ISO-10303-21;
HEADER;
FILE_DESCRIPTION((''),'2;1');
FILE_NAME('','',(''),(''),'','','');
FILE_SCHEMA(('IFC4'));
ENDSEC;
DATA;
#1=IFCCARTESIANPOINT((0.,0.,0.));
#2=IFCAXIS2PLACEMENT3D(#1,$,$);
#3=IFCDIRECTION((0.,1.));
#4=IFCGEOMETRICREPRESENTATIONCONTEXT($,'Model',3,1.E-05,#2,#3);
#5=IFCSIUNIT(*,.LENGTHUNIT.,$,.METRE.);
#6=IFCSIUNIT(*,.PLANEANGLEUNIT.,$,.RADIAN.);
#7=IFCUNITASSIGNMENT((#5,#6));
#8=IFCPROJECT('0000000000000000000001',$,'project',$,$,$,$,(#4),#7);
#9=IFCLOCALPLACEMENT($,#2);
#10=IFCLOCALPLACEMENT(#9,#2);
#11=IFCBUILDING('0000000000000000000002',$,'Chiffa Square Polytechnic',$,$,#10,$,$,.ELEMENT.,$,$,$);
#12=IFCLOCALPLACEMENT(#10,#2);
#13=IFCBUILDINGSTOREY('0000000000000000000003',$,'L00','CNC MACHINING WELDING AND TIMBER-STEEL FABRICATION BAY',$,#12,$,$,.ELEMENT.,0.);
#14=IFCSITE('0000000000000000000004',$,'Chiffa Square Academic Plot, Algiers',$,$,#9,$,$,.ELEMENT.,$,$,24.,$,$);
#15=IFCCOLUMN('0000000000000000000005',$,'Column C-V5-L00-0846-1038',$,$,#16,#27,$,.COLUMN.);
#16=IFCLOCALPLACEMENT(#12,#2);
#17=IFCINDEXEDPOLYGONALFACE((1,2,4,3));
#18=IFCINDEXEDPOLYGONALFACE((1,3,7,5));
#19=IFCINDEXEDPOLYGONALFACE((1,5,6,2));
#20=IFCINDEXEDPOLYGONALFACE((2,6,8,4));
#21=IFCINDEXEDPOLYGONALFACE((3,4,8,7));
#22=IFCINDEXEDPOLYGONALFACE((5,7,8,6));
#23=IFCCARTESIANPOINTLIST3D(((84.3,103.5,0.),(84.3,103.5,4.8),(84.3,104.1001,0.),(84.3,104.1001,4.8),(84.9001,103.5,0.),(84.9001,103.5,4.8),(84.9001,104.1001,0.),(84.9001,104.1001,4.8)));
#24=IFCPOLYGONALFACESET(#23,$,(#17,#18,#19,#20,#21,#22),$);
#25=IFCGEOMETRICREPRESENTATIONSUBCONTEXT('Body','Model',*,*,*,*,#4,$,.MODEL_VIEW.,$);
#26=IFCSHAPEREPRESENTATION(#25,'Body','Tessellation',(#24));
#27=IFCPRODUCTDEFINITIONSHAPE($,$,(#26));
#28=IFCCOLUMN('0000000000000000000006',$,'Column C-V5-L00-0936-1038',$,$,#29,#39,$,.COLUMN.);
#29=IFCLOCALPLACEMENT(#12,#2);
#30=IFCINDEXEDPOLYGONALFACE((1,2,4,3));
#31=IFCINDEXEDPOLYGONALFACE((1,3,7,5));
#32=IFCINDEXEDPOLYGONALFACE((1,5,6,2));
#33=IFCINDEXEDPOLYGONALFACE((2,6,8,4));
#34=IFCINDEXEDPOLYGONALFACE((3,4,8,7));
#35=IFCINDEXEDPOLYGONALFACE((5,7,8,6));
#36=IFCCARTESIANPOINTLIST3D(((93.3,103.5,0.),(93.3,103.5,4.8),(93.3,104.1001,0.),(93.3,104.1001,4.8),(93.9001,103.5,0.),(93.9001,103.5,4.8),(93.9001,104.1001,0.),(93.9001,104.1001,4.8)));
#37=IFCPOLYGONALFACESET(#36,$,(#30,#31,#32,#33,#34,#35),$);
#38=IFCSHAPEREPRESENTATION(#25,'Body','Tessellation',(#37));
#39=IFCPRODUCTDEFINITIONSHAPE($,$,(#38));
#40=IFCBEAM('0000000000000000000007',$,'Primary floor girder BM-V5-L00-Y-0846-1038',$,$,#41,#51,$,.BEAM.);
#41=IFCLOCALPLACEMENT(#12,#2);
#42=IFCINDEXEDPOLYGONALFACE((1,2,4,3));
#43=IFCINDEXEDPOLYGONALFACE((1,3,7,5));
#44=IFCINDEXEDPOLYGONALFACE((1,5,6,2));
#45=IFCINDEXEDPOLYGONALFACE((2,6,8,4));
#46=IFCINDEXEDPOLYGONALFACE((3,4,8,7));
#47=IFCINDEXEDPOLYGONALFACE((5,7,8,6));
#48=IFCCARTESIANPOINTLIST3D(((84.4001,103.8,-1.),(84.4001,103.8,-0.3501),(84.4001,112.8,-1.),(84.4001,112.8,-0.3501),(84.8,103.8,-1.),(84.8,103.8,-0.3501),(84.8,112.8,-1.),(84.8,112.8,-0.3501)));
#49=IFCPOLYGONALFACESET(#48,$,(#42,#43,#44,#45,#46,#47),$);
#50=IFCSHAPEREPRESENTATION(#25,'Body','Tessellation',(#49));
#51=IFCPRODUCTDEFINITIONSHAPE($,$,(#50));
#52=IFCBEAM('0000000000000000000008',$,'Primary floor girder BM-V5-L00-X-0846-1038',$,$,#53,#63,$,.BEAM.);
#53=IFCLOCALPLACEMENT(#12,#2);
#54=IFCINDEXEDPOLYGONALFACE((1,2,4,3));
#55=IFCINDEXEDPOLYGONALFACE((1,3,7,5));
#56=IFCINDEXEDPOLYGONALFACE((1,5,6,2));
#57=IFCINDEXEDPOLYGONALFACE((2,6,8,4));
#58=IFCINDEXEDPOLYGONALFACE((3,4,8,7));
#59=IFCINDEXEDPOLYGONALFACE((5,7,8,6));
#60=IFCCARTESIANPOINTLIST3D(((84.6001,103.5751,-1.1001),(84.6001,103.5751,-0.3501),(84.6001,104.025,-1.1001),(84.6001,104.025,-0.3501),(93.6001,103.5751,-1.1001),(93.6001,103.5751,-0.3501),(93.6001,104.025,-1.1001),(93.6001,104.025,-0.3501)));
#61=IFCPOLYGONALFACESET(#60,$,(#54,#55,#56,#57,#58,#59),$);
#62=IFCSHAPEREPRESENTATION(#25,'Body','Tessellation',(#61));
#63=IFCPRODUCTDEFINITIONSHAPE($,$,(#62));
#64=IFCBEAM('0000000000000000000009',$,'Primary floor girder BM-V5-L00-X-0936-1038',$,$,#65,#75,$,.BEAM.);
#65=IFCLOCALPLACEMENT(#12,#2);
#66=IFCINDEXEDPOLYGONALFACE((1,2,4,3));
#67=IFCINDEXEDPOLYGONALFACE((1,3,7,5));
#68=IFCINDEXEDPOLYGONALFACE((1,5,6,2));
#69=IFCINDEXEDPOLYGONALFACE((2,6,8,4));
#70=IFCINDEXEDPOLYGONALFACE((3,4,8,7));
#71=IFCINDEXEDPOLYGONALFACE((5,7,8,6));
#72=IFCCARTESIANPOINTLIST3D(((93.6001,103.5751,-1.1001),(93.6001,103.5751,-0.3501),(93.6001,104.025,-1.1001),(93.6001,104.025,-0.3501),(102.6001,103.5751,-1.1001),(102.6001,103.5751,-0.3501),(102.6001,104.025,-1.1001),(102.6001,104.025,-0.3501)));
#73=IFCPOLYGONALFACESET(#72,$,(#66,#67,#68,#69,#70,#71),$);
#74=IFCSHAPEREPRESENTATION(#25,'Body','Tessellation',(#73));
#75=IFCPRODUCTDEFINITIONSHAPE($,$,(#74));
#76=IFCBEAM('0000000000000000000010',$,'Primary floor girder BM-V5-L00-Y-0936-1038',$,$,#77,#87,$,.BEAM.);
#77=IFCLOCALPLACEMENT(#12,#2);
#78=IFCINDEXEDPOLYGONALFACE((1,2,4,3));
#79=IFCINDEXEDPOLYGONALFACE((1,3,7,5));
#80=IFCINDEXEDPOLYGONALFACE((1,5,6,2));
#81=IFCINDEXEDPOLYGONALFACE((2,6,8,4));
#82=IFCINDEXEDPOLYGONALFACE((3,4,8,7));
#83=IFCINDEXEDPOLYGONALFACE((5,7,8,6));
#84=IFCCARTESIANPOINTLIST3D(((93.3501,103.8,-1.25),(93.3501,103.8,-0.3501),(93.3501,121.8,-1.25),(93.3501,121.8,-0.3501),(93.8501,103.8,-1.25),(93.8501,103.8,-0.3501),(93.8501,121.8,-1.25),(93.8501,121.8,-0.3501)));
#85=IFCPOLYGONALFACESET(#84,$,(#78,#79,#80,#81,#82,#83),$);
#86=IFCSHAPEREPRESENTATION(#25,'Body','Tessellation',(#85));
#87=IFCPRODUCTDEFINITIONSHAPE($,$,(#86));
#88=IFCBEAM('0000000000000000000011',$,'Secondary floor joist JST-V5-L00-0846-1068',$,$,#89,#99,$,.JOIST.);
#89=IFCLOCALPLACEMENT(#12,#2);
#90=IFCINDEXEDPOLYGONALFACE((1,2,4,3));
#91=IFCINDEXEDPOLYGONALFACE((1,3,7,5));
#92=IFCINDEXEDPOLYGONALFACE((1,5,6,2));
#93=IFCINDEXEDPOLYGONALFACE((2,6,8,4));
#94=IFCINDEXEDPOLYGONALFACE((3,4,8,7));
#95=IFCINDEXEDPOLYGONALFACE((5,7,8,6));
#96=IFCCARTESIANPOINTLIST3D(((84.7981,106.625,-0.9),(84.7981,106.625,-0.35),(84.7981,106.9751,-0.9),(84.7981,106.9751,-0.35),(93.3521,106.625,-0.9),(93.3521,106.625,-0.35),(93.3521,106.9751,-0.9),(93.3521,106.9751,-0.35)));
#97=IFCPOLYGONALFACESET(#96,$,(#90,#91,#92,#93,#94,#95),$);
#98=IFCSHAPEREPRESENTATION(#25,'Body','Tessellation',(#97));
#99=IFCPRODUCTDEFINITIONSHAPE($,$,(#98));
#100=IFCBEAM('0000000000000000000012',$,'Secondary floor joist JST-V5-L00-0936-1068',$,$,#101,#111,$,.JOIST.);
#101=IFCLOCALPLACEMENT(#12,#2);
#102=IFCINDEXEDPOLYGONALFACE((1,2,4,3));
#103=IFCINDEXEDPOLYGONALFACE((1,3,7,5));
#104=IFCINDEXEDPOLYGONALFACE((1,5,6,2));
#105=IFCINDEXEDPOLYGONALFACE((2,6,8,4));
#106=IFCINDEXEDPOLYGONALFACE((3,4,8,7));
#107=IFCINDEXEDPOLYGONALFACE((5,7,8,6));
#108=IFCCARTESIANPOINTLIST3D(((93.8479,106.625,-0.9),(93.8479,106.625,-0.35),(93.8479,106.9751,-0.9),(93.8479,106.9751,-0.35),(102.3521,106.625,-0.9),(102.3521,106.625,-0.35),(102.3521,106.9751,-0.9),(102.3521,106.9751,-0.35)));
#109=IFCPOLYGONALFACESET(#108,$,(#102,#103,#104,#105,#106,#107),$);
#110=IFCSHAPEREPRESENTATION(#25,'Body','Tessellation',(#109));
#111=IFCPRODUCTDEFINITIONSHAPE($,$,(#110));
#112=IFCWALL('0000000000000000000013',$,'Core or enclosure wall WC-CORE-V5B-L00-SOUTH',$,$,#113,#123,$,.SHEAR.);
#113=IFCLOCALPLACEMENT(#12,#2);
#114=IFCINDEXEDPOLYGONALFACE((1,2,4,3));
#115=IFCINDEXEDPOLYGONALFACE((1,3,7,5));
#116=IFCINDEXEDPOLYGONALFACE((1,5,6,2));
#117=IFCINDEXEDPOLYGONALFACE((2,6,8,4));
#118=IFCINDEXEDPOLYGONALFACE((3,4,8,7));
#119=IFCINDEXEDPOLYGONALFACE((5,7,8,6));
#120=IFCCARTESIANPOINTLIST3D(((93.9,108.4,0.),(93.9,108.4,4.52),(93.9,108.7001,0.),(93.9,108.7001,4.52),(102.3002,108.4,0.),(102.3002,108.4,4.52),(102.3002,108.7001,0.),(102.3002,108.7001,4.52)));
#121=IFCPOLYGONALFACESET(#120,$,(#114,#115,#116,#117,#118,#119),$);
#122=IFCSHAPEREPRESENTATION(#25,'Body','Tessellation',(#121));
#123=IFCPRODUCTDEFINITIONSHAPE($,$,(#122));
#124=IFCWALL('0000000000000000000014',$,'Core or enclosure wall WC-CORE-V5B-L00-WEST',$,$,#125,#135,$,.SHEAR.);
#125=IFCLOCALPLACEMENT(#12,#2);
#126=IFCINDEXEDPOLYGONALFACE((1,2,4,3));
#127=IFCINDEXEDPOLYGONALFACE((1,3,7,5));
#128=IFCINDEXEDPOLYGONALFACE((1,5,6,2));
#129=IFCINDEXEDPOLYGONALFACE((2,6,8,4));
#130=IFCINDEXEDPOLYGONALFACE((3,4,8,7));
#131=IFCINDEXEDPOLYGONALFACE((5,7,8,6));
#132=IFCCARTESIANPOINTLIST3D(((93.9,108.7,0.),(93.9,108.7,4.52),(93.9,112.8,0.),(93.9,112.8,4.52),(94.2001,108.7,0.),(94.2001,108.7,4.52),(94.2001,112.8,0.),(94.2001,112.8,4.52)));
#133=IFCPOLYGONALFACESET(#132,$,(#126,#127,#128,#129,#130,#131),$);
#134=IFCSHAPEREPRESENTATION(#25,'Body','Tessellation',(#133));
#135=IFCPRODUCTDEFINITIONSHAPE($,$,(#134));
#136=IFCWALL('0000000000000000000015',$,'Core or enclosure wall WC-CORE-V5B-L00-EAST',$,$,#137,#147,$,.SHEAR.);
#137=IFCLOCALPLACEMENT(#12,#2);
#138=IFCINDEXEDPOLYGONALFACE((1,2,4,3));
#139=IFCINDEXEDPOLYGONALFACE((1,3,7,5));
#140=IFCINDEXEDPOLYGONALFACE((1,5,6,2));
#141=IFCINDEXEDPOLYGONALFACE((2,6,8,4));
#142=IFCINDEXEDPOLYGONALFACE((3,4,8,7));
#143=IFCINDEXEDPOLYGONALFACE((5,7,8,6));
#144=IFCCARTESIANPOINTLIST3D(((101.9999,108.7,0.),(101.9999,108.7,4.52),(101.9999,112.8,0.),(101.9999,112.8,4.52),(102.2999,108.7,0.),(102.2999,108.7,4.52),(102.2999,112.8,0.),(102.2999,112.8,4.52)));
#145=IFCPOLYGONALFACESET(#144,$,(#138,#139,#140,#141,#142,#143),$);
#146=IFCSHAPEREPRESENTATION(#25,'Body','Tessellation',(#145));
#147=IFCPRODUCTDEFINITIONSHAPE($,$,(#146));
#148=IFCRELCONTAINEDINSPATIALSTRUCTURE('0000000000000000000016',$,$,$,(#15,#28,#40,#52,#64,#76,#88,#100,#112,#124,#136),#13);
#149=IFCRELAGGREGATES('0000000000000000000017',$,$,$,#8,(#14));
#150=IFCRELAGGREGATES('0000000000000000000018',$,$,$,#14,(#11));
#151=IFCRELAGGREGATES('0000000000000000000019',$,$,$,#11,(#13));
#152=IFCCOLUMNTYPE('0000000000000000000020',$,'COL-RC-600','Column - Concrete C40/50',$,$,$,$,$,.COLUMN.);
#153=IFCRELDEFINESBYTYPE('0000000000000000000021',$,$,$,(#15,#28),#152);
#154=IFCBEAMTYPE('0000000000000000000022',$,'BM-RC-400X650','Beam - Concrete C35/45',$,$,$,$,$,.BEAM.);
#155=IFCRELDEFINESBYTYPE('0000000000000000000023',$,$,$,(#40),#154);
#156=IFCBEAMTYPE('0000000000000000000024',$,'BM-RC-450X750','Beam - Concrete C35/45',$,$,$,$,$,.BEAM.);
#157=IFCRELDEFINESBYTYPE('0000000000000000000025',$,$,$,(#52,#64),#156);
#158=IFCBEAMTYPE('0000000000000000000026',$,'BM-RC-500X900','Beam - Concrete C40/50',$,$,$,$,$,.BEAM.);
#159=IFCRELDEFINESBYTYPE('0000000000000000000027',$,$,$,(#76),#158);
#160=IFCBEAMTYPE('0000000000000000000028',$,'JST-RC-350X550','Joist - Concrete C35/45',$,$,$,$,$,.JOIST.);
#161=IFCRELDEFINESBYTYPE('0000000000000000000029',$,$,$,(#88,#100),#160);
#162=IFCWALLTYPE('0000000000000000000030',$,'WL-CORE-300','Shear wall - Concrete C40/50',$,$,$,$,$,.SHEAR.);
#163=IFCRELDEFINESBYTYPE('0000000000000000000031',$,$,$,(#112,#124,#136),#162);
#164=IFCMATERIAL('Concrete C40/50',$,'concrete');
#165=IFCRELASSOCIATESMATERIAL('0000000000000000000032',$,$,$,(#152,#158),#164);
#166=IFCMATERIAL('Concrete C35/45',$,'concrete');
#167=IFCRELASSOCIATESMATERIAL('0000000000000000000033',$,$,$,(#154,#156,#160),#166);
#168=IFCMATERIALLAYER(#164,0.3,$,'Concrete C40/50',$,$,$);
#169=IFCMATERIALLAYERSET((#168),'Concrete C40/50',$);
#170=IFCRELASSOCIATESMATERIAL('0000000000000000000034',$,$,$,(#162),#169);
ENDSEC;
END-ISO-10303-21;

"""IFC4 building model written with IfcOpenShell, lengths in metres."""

from ifc_helpers import new_model, si_unit, direction, frame, frame_2d, origin, origin_2d, place, context, subcontext, project, spatial, rectangle, extrude, material, layer, layer_set, material_profile, profile_set, type_object, element, save


model = new_model("IFC4")

# Units and contexts
model_context = context("Model", 3, precision=1e-05, world=origin(), true_north=direction((0.0, 1.0)))
body_context = subcontext(model_context, "Body", "Model", "MODEL_VIEW")
ifc_project = project(units=[si_unit("LENGTHUNIT", "METRE"), si_unit("PLANEANGLEUNIT", "RADIAN")], contexts=[model_context])

# Site, building, storey
site_placement = place(None, origin())
site = spatial("IfcSite", under=ifc_project, at=site_placement, Name="Chiffa Square Academic Plot, Algiers", CompositionType="ELEMENT", RefElevation=24.0)
building_placement = place(site_placement, origin())
building = spatial("IfcBuilding", under=site, at=building_placement, Name="Chiffa Square Polytechnic", CompositionType="ELEMENT")
storey_placement = place(building_placement, origin())
storey = spatial("IfcBuildingStorey", under=building, at=storey_placement, Name="L00", Description="CNC MACHINING WELDING AND TIMBER-STEEL FABRICATION BAY", CompositionType="ELEMENT", Elevation=0.0)

# Columns
ifc_material_1 = material(Name="Concrete C40/50", Category="concrete")
ifc_material_profile_1 = material_profile(ifc_material_1, rectangle(XDim=0.6001, YDim=0.6001, at=origin_2d()), Name="RC 600x600")
ifc_profile_set_1 = profile_set([ifc_material_profile_1], Name="Concrete C40/50")
column_type = type_object("IfcColumnType", Name="COL-RC-600", Description="Column - Concrete C40/50", PredefinedType="COLUMN", material=ifc_profile_set_1)
for number, where, z_axis, x_axis, name in (
    (1, (84.6001, 103.8, 0.0), (0.0, 0.0, 1.0), (1.0, 0.0, 0.0), "Column C-V5-L00-0846-1038"),
    (2, (93.6001, 103.8, 0.0), (0.0, 0.0, 1.0), (1.0, 0.0, 0.0), "Column C-V5-L00-0936-1038"),
):
    element("IfcColumn", number, at=place(storey_placement, frame(where, z_axis=z_axis, x_axis=x_axis)), inside=storey, type_object=column_type, Name=name, PredefinedType="COLUMN", context=body_context, shape_type="SweptSolid", body=[
        extrude(rectangle(XDim=0.6001, YDim=0.6001, at=origin_2d()), origin(), (0.0, 0.0, 1.0), 4.8),
    ])

# Beams
ifc_material_2 = material(Name="Concrete C35/45", Category="concrete")
ifc_material_profile_2 = material_profile(ifc_material_2, rectangle(XDim=0.3999, YDim=0.6499, at=origin_2d()), Name="RC 400x650")
ifc_profile_set_2 = profile_set([ifc_material_profile_2], Name="Concrete C35/45")
beam_type_1 = type_object("IfcBeamType", Name="BM-RC-400X650", Description="Beam - Concrete C35/45", PredefinedType="BEAM", material=ifc_profile_set_2)
beam_1_placement = place(storey_placement, frame((84.6001, 103.8, -0.675), z_axis=(0.0, 1.0, 0.0), x_axis=(-1.0, 0.0, 0.0)))
element("IfcBeam", 3, at=beam_1_placement, inside=storey, type_object=beam_type_1, Name="Primary floor girder BM-V5-L00-Y-0846-1038", PredefinedType="BEAM", context=body_context, shape_type="SweptSolid", body=[
    extrude(rectangle(XDim=0.3999, YDim=0.6499, at=origin_2d()), origin(), (0.0, 0.0, 1.0), 9.0),
])
ifc_material_profile_3 = material_profile(ifc_material_2, rectangle(XDim=0.45, YDim=0.75, at=origin_2d()), Name="RC 450x750")
ifc_profile_set_3 = profile_set([ifc_material_profile_3], Name="Concrete C35/45")
beam_type_2 = type_object("IfcBeamType", Name="BM-RC-450X750", Description="Beam - Concrete C35/45", PredefinedType="BEAM", material=ifc_profile_set_3)
for number, where, z_axis, x_axis, name in (
    (4, (84.6001, 103.8, -0.7251), (1.0, 0.0, 0.0), (0.0, 1.0, 0.0), "Primary floor girder BM-V5-L00-X-0846-1038"),
    (5, (93.6001, 103.8, -0.7251), (1.0, 0.0, 0.0), (0.0, 1.0, 0.0), "Primary floor girder BM-V5-L00-X-0936-1038"),
):
    element("IfcBeam", number, at=place(storey_placement, frame(where, z_axis=z_axis, x_axis=x_axis)), inside=storey, type_object=beam_type_2, Name=name, PredefinedType="BEAM", context=body_context, shape_type="SweptSolid", body=[
        extrude(rectangle(XDim=0.45, YDim=0.75, at=origin_2d()), origin(), (0.0, 0.0, 1.0), 9.0),
    ])
ifc_material_profile_4 = material_profile(ifc_material_1, rectangle(XDim=0.5, YDim=0.8999, at=origin_2d()), Name="RC 500x900")
ifc_profile_set_4 = profile_set([ifc_material_profile_4], Name="Concrete C40/50")
beam_type_3 = type_object("IfcBeamType", Name="BM-RC-500X900", Description="Beam - Concrete C40/50", PredefinedType="BEAM", material=ifc_profile_set_4)
beam_2_placement = place(storey_placement, frame((93.6001, 103.8, -0.8), z_axis=(0.0, 1.0, 0.0), x_axis=(-1.0, 0.0, 0.0)))
element("IfcBeam", 6, at=beam_2_placement, inside=storey, type_object=beam_type_3, Name="Primary floor girder BM-V5-L00-Y-0936-1038", PredefinedType="BEAM", context=body_context, shape_type="SweptSolid", body=[
    extrude(rectangle(XDim=0.5, YDim=0.8999, at=origin_2d()), origin(), (0.0, 0.0, 1.0), 18.0),
])
ifc_material_profile_5 = material_profile(ifc_material_2, rectangle(XDim=0.3501, YDim=0.55, at=origin_2d()), Name="RC 350x550")
ifc_profile_set_5 = profile_set([ifc_material_profile_5], Name="Concrete C35/45")
beam_type_4 = type_object("IfcBeamType", Name="JST-RC-350X550", Description="Joist - Concrete C35/45", PredefinedType="JOIST", material=ifc_profile_set_5)
beam_3_placement = place(storey_placement, frame((84.7981, 106.8, -0.625), z_axis=(1.0, 0.0, 0.0), x_axis=(0.0, 1.0, 0.0)))
element("IfcBeam", 7, at=beam_3_placement, inside=storey, type_object=beam_type_4, Name="Secondary floor joist JST-V5-L00-0846-1068", PredefinedType="JOIST", context=body_context, shape_type="SweptSolid", body=[
    extrude(rectangle(XDim=0.3501, YDim=0.55, at=origin_2d()), origin(), (0.0, 0.0, 1.0), 8.554),
])
beam_4_placement = place(storey_placement, frame((93.8479, 106.8, -0.625), z_axis=(1.0, 0.0, 0.0), x_axis=(0.0, 1.0, 0.0)))
element("IfcBeam", 8, at=beam_4_placement, inside=storey, type_object=beam_type_4, Name="Secondary floor joist JST-V5-L00-0936-1068", PredefinedType="JOIST", context=body_context, shape_type="SweptSolid", body=[
    extrude(rectangle(XDim=0.3501, YDim=0.55, at=origin_2d()), origin(), (0.0, 0.0, 1.0), 8.5042),
])

# Walls
ifc_layer_1 = layer(ifc_material_1, 0.3, Name="Concrete C40/50")
ifc_layer_set_1 = layer_set([ifc_layer_1], Name="Concrete C40/50")
wall_type_1 = type_object("IfcWallType", Name="WL-CORE-300", Description="Shear wall - Concrete C40/50", PredefinedType="SHEAR", material=ifc_layer_set_1)
wall_1_placement = place(storey_placement, frame((93.8999, 108.55, 0.0), z_axis=(0.0, 0.0, 1.0), x_axis=(1.0, 0.0, 0.0)))
element("IfcWall", 9, at=wall_1_placement, inside=storey, type_object=wall_type_1, Name="Core or enclosure wall WC-CORE-V5B-L00-SOUTH", PredefinedType="SHEAR", context=body_context, shape_type="SweptSolid", body=[
    extrude(rectangle(XDim=8.4001, YDim=0.3, at=frame_2d((4.2002, 0.0))), origin(), (0.0, 0.0, 1.0), 4.52),
])
for number, where, z_axis, x_axis, name in (
    (10, (94.05, 108.7, 0.0), (0.0, 0.0, 1.0), (0.0, 1.0, 0.0), "Core or enclosure wall WC-CORE-V5B-L00-WEST"),
    (11, (102.1499, 108.7, 0.0), (0.0, 0.0, 1.0), (0.0, 1.0, 0.0), "Core or enclosure wall WC-CORE-V5B-L00-EAST"),
):
    element("IfcWall", number, at=place(storey_placement, frame(where, z_axis=z_axis, x_axis=x_axis)), inside=storey, type_object=wall_type_1, Name=name, PredefinedType="SHEAR", context=body_context, shape_type="SweptSolid", body=[
        extrude(rectangle(XDim=4.1001, YDim=0.3, at=frame_2d((2.05, 0.0))), origin(), (0.0, 0.0, 1.0), 4.52),
    ])

save(model, "model.ifc")
